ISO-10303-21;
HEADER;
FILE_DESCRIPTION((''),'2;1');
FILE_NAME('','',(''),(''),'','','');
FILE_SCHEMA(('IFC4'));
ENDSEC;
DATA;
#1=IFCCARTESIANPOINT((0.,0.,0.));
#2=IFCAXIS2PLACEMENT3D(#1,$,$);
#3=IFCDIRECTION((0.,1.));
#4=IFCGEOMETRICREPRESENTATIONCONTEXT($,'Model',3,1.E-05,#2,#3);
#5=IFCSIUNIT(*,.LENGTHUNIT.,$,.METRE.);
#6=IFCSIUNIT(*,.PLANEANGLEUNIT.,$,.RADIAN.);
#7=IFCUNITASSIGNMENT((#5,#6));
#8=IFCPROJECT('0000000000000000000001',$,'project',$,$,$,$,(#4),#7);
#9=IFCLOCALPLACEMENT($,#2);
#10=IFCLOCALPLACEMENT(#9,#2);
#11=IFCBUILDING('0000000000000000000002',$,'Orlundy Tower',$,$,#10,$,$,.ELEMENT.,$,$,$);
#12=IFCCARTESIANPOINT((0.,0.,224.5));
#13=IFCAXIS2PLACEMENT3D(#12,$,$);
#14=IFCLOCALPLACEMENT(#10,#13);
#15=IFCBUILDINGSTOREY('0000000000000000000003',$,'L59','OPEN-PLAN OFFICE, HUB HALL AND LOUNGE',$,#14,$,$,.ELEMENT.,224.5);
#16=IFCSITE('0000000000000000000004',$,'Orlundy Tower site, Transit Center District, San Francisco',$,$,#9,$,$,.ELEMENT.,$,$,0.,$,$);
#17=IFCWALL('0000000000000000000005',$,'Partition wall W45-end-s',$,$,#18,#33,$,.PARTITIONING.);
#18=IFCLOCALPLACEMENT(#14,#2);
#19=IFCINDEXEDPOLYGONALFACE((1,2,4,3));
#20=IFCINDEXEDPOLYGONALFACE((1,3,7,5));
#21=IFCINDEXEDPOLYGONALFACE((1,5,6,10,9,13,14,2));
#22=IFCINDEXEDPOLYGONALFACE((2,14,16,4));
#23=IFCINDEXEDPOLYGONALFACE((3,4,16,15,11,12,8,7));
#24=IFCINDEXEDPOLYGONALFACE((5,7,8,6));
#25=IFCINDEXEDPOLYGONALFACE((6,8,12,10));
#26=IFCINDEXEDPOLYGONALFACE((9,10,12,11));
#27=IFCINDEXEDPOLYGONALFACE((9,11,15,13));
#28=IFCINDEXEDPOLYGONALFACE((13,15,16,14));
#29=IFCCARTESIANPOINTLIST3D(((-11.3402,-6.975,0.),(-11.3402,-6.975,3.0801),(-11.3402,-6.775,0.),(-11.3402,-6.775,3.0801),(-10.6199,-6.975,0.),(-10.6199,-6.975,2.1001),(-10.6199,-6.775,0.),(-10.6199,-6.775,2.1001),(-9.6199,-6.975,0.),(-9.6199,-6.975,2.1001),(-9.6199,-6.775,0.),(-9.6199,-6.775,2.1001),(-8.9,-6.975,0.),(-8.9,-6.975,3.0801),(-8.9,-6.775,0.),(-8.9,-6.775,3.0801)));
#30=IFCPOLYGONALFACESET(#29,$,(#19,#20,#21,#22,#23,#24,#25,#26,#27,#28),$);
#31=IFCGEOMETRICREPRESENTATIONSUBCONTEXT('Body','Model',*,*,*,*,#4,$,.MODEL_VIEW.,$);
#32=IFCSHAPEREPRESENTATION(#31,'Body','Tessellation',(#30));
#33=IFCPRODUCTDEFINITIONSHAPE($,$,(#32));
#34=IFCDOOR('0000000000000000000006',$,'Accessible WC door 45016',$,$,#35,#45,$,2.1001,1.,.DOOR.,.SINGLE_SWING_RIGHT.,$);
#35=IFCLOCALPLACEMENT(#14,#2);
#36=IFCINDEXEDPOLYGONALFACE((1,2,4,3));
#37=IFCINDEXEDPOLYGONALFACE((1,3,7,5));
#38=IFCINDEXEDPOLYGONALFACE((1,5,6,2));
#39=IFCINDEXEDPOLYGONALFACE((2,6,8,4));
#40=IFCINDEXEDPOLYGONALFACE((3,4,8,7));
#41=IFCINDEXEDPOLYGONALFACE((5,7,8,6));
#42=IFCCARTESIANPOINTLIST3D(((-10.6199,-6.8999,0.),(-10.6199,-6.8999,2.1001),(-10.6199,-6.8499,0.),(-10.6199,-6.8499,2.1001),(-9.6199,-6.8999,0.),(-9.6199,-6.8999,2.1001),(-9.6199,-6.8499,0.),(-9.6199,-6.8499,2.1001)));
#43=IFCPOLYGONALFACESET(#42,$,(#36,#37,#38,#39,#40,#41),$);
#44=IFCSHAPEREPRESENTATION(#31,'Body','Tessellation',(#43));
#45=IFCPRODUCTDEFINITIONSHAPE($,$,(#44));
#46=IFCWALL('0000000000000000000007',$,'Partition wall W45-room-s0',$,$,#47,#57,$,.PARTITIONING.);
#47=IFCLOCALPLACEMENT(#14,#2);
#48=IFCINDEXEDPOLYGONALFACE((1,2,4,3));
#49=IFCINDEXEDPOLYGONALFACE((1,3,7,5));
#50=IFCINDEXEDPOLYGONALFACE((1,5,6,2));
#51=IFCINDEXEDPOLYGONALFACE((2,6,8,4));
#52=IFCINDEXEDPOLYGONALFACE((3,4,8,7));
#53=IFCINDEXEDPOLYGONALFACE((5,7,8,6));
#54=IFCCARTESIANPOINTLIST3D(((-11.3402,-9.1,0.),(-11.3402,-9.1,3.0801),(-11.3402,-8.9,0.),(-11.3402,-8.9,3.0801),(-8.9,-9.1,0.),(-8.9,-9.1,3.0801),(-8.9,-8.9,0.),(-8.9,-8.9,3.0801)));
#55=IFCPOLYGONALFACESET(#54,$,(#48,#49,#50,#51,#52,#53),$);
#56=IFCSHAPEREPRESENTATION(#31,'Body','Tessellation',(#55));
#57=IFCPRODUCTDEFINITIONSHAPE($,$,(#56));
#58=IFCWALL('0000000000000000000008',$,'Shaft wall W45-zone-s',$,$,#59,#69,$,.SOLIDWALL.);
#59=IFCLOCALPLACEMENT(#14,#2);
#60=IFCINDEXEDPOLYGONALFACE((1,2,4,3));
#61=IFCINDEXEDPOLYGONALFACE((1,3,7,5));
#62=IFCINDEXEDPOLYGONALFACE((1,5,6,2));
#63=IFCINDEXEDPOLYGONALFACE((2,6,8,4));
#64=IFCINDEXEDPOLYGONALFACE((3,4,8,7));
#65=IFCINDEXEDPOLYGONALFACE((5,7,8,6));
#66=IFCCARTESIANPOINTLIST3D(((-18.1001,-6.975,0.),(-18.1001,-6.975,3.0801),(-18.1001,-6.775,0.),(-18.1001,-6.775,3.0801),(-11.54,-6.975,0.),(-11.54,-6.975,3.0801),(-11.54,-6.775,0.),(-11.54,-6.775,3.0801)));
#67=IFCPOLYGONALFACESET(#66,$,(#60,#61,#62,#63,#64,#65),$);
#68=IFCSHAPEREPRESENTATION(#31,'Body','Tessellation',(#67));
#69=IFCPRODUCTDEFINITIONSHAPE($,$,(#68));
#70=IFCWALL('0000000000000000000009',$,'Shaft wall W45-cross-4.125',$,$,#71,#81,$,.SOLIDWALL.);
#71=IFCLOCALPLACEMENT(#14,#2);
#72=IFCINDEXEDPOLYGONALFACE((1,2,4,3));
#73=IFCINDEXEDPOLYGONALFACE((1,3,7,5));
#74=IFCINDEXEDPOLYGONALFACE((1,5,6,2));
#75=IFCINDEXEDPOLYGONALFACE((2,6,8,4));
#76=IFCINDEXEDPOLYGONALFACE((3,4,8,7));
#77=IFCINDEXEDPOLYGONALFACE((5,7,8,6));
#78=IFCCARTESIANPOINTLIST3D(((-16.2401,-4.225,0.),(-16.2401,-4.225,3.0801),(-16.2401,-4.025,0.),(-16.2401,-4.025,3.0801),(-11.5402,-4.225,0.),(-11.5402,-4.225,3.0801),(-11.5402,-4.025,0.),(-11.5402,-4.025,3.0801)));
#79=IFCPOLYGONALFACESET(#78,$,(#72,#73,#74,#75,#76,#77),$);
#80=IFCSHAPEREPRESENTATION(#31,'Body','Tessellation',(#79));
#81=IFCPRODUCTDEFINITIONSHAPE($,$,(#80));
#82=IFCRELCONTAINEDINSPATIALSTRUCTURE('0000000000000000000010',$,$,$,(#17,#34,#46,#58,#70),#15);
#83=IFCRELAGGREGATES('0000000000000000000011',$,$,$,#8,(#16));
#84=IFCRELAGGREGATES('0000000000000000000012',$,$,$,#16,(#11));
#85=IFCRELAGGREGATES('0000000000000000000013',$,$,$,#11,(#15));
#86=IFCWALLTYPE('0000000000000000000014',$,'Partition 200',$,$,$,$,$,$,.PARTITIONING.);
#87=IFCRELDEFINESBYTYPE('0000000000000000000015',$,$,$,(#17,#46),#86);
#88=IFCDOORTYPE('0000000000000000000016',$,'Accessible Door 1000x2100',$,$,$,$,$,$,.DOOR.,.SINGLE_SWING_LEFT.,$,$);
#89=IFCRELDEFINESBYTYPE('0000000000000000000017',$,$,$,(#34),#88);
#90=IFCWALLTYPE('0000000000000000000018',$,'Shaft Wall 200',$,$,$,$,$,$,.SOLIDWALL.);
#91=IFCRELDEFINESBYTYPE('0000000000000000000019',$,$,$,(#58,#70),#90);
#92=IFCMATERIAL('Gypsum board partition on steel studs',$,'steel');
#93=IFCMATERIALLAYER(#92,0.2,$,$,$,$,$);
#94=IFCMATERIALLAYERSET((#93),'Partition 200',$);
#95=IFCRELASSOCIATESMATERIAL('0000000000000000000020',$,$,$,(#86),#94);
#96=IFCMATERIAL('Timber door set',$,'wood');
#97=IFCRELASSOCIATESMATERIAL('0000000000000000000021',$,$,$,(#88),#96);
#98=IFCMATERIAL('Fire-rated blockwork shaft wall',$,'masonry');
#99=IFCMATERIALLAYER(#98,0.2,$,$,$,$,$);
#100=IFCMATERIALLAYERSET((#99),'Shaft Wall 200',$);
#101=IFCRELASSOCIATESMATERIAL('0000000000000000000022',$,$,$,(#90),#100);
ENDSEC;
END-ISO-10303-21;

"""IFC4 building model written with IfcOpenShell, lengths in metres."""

from ifc_helpers import new_model, si_unit, direction, frame, frame_2d, origin, place, context, subcontext, project, spatial, rectangle, extrude, material, layer, layer_set, type_object, element, fill, save


model = new_model("IFC4")

# Units and contexts
model_context = context("Model", 3, precision=1e-05, world=origin(), true_north=direction((0.0, 1.0)))
body_context = subcontext(model_context, "Body", "Model", "MODEL_VIEW")
ifc_project = project(units=[si_unit("LENGTHUNIT", "METRE"), si_unit("PLANEANGLEUNIT", "RADIAN")], contexts=[model_context])

# Site, building, storey
site_placement = place(None, origin())
site = spatial("IfcSite", under=ifc_project, at=site_placement, Name="Orlundy Tower site, Transit Center District, San Francisco", CompositionType="ELEMENT", RefElevation=0.0)
building_placement = place(site_placement, origin())
building = spatial("IfcBuilding", under=site, at=building_placement, Name="Orlundy Tower", CompositionType="ELEMENT")
storey_placement = place(building_placement, frame((0.0, 0.0, 224.5)))
storey = spatial("IfcBuildingStorey", under=building, at=storey_placement, Name="L59", Description="OPEN-PLAN OFFICE, HUB HALL AND LOUNGE", CompositionType="ELEMENT", Elevation=224.5)

# Wall, opening, door
ifc_material_1 = material(Name="Gypsum board partition on steel studs", Category="steel")
ifc_layer_1 = layer(ifc_material_1, 0.2)
ifc_layer_set_1 = layer_set([ifc_layer_1], Name="Partition 200")
wall_type_1 = type_object("IfcWallType", Name="Partition 200", PredefinedType="PARTITIONING", material=ifc_layer_set_1)
wall_1_placement = place(storey_placement, frame((-8.8999, -6.875, 0.0), z_axis=(0.0, 0.0, 1.0), x_axis=(-1.0, 0.0, 0.0)))
wall_1 = element("IfcWall", 1, at=wall_1_placement, inside=storey, type_object=wall_type_1, Name="Partition wall W45-end-s", PredefinedType="PARTITIONING", context=body_context, shape_type="SweptSolid", body=[
    extrude(rectangle(XDim=2.4402, YDim=0.2, at=frame_2d((1.2202, 0.0))), origin(), (0.0, 0.0, 1.0), 3.0801),
])
opening_1_placement = place(wall_1_placement, frame((0.72, 0.0, 0.0)))
opening_1 = element("IfcOpeningElement", 2, at=opening_1_placement, cuts=wall_1, PredefinedType="OPENING", context=body_context, shape_type="SweptSolid", body=[
    extrude(rectangle(XDim=1.0, YDim=2.1001, at=frame_2d((0.5, 1.05))), frame((0.0, 0.1101, 0.0), z_axis=(0.0, -1.0, 0.0), x_axis=(1.0, 0.0, 0.0)), (0.0, 0.0, 1.0), 0.2202),
])
ifc_material_2 = material(Name="Timber door set", Category="wood")
door_type_1 = type_object("IfcDoorType", Name="Accessible Door 1000x2100", OperationType="SINGLE_SWING_LEFT", PredefinedType="DOOR", material=ifc_material_2)
door_1_placement = place(opening_1_placement, origin())
door_1 = element("IfcDoor", 3, at=door_1_placement, inside=storey, type_object=door_type_1, Name="Accessible WC door 45016", OperationType="SINGLE_SWING_RIGHT", OverallHeight=2.1001, OverallWidth=1.0, PredefinedType="DOOR", context=body_context, shape_type="SweptSolid", body=[
    extrude(rectangle(XDim=1.0, YDim=2.1001, at=frame_2d((0.5, 1.05))), frame((0.0, 0.0249, 0.0), z_axis=(0.0, -1.0, 0.0), x_axis=(1.0, 0.0, 0.0)), (0.0, 0.0, 1.0), 0.05),
])
fill(opening_1, door_1)

# Walls
wall_2_placement = place(storey_placement, frame((-8.8999, -9.0, 0.0), z_axis=(0.0, 0.0, 1.0), x_axis=(-1.0, 0.0, 0.0)))
element("IfcWall", 4, at=wall_2_placement, inside=storey, type_object=wall_type_1, Name="Partition wall W45-room-s0", PredefinedType="PARTITIONING", context=body_context, shape_type="SweptSolid", body=[
    extrude(rectangle(XDim=2.4402, YDim=0.2, at=frame_2d((1.2202, 0.0))), origin(), (0.0, 0.0, 1.0), 3.0801),
])
ifc_material_3 = material(Name="Fire-rated blockwork shaft wall", Category="masonry")
ifc_layer_2 = layer(ifc_material_3, 0.2)
ifc_layer_set_2 = layer_set([ifc_layer_2], Name="Shaft Wall 200")
wall_type_2 = type_object("IfcWallType", Name="Shaft Wall 200", PredefinedType="SOLIDWALL", material=ifc_layer_set_2)
wall_3_placement = place(storey_placement, frame((-11.54, -6.875, 0.0), z_axis=(0.0, 0.0, 1.0), x_axis=(-1.0, 0.0, 0.0)))
element("IfcWall", 5, at=wall_3_placement, inside=storey, type_object=wall_type_2, Name="Shaft wall W45-zone-s", PredefinedType="SOLIDWALL", context=body_context, shape_type="SweptSolid", body=[
    extrude(rectangle(XDim=6.5601, YDim=0.2, at=frame_2d((3.28, 0.0))), origin(), (0.0, 0.0, 1.0), 3.0801),
])
wall_4_placement = place(storey_placement, frame((-11.54, -4.125, 0.0), z_axis=(0.0, 0.0, 1.0), x_axis=(-1.0, 0.0, 0.0)))
element("IfcWall", 6, at=wall_4_placement, inside=storey, type_object=wall_type_2, Name="Shaft wall W45-cross-4.125", PredefinedType="SOLIDWALL", context=body_context, shape_type="SweptSolid", body=[
    extrude(rectangle(XDim=4.7, YDim=0.2, at=frame_2d((2.3501, 0.0))), origin(), (0.0, 0.0, 1.0), 3.0801),
])

save(model, "model.ifc")
